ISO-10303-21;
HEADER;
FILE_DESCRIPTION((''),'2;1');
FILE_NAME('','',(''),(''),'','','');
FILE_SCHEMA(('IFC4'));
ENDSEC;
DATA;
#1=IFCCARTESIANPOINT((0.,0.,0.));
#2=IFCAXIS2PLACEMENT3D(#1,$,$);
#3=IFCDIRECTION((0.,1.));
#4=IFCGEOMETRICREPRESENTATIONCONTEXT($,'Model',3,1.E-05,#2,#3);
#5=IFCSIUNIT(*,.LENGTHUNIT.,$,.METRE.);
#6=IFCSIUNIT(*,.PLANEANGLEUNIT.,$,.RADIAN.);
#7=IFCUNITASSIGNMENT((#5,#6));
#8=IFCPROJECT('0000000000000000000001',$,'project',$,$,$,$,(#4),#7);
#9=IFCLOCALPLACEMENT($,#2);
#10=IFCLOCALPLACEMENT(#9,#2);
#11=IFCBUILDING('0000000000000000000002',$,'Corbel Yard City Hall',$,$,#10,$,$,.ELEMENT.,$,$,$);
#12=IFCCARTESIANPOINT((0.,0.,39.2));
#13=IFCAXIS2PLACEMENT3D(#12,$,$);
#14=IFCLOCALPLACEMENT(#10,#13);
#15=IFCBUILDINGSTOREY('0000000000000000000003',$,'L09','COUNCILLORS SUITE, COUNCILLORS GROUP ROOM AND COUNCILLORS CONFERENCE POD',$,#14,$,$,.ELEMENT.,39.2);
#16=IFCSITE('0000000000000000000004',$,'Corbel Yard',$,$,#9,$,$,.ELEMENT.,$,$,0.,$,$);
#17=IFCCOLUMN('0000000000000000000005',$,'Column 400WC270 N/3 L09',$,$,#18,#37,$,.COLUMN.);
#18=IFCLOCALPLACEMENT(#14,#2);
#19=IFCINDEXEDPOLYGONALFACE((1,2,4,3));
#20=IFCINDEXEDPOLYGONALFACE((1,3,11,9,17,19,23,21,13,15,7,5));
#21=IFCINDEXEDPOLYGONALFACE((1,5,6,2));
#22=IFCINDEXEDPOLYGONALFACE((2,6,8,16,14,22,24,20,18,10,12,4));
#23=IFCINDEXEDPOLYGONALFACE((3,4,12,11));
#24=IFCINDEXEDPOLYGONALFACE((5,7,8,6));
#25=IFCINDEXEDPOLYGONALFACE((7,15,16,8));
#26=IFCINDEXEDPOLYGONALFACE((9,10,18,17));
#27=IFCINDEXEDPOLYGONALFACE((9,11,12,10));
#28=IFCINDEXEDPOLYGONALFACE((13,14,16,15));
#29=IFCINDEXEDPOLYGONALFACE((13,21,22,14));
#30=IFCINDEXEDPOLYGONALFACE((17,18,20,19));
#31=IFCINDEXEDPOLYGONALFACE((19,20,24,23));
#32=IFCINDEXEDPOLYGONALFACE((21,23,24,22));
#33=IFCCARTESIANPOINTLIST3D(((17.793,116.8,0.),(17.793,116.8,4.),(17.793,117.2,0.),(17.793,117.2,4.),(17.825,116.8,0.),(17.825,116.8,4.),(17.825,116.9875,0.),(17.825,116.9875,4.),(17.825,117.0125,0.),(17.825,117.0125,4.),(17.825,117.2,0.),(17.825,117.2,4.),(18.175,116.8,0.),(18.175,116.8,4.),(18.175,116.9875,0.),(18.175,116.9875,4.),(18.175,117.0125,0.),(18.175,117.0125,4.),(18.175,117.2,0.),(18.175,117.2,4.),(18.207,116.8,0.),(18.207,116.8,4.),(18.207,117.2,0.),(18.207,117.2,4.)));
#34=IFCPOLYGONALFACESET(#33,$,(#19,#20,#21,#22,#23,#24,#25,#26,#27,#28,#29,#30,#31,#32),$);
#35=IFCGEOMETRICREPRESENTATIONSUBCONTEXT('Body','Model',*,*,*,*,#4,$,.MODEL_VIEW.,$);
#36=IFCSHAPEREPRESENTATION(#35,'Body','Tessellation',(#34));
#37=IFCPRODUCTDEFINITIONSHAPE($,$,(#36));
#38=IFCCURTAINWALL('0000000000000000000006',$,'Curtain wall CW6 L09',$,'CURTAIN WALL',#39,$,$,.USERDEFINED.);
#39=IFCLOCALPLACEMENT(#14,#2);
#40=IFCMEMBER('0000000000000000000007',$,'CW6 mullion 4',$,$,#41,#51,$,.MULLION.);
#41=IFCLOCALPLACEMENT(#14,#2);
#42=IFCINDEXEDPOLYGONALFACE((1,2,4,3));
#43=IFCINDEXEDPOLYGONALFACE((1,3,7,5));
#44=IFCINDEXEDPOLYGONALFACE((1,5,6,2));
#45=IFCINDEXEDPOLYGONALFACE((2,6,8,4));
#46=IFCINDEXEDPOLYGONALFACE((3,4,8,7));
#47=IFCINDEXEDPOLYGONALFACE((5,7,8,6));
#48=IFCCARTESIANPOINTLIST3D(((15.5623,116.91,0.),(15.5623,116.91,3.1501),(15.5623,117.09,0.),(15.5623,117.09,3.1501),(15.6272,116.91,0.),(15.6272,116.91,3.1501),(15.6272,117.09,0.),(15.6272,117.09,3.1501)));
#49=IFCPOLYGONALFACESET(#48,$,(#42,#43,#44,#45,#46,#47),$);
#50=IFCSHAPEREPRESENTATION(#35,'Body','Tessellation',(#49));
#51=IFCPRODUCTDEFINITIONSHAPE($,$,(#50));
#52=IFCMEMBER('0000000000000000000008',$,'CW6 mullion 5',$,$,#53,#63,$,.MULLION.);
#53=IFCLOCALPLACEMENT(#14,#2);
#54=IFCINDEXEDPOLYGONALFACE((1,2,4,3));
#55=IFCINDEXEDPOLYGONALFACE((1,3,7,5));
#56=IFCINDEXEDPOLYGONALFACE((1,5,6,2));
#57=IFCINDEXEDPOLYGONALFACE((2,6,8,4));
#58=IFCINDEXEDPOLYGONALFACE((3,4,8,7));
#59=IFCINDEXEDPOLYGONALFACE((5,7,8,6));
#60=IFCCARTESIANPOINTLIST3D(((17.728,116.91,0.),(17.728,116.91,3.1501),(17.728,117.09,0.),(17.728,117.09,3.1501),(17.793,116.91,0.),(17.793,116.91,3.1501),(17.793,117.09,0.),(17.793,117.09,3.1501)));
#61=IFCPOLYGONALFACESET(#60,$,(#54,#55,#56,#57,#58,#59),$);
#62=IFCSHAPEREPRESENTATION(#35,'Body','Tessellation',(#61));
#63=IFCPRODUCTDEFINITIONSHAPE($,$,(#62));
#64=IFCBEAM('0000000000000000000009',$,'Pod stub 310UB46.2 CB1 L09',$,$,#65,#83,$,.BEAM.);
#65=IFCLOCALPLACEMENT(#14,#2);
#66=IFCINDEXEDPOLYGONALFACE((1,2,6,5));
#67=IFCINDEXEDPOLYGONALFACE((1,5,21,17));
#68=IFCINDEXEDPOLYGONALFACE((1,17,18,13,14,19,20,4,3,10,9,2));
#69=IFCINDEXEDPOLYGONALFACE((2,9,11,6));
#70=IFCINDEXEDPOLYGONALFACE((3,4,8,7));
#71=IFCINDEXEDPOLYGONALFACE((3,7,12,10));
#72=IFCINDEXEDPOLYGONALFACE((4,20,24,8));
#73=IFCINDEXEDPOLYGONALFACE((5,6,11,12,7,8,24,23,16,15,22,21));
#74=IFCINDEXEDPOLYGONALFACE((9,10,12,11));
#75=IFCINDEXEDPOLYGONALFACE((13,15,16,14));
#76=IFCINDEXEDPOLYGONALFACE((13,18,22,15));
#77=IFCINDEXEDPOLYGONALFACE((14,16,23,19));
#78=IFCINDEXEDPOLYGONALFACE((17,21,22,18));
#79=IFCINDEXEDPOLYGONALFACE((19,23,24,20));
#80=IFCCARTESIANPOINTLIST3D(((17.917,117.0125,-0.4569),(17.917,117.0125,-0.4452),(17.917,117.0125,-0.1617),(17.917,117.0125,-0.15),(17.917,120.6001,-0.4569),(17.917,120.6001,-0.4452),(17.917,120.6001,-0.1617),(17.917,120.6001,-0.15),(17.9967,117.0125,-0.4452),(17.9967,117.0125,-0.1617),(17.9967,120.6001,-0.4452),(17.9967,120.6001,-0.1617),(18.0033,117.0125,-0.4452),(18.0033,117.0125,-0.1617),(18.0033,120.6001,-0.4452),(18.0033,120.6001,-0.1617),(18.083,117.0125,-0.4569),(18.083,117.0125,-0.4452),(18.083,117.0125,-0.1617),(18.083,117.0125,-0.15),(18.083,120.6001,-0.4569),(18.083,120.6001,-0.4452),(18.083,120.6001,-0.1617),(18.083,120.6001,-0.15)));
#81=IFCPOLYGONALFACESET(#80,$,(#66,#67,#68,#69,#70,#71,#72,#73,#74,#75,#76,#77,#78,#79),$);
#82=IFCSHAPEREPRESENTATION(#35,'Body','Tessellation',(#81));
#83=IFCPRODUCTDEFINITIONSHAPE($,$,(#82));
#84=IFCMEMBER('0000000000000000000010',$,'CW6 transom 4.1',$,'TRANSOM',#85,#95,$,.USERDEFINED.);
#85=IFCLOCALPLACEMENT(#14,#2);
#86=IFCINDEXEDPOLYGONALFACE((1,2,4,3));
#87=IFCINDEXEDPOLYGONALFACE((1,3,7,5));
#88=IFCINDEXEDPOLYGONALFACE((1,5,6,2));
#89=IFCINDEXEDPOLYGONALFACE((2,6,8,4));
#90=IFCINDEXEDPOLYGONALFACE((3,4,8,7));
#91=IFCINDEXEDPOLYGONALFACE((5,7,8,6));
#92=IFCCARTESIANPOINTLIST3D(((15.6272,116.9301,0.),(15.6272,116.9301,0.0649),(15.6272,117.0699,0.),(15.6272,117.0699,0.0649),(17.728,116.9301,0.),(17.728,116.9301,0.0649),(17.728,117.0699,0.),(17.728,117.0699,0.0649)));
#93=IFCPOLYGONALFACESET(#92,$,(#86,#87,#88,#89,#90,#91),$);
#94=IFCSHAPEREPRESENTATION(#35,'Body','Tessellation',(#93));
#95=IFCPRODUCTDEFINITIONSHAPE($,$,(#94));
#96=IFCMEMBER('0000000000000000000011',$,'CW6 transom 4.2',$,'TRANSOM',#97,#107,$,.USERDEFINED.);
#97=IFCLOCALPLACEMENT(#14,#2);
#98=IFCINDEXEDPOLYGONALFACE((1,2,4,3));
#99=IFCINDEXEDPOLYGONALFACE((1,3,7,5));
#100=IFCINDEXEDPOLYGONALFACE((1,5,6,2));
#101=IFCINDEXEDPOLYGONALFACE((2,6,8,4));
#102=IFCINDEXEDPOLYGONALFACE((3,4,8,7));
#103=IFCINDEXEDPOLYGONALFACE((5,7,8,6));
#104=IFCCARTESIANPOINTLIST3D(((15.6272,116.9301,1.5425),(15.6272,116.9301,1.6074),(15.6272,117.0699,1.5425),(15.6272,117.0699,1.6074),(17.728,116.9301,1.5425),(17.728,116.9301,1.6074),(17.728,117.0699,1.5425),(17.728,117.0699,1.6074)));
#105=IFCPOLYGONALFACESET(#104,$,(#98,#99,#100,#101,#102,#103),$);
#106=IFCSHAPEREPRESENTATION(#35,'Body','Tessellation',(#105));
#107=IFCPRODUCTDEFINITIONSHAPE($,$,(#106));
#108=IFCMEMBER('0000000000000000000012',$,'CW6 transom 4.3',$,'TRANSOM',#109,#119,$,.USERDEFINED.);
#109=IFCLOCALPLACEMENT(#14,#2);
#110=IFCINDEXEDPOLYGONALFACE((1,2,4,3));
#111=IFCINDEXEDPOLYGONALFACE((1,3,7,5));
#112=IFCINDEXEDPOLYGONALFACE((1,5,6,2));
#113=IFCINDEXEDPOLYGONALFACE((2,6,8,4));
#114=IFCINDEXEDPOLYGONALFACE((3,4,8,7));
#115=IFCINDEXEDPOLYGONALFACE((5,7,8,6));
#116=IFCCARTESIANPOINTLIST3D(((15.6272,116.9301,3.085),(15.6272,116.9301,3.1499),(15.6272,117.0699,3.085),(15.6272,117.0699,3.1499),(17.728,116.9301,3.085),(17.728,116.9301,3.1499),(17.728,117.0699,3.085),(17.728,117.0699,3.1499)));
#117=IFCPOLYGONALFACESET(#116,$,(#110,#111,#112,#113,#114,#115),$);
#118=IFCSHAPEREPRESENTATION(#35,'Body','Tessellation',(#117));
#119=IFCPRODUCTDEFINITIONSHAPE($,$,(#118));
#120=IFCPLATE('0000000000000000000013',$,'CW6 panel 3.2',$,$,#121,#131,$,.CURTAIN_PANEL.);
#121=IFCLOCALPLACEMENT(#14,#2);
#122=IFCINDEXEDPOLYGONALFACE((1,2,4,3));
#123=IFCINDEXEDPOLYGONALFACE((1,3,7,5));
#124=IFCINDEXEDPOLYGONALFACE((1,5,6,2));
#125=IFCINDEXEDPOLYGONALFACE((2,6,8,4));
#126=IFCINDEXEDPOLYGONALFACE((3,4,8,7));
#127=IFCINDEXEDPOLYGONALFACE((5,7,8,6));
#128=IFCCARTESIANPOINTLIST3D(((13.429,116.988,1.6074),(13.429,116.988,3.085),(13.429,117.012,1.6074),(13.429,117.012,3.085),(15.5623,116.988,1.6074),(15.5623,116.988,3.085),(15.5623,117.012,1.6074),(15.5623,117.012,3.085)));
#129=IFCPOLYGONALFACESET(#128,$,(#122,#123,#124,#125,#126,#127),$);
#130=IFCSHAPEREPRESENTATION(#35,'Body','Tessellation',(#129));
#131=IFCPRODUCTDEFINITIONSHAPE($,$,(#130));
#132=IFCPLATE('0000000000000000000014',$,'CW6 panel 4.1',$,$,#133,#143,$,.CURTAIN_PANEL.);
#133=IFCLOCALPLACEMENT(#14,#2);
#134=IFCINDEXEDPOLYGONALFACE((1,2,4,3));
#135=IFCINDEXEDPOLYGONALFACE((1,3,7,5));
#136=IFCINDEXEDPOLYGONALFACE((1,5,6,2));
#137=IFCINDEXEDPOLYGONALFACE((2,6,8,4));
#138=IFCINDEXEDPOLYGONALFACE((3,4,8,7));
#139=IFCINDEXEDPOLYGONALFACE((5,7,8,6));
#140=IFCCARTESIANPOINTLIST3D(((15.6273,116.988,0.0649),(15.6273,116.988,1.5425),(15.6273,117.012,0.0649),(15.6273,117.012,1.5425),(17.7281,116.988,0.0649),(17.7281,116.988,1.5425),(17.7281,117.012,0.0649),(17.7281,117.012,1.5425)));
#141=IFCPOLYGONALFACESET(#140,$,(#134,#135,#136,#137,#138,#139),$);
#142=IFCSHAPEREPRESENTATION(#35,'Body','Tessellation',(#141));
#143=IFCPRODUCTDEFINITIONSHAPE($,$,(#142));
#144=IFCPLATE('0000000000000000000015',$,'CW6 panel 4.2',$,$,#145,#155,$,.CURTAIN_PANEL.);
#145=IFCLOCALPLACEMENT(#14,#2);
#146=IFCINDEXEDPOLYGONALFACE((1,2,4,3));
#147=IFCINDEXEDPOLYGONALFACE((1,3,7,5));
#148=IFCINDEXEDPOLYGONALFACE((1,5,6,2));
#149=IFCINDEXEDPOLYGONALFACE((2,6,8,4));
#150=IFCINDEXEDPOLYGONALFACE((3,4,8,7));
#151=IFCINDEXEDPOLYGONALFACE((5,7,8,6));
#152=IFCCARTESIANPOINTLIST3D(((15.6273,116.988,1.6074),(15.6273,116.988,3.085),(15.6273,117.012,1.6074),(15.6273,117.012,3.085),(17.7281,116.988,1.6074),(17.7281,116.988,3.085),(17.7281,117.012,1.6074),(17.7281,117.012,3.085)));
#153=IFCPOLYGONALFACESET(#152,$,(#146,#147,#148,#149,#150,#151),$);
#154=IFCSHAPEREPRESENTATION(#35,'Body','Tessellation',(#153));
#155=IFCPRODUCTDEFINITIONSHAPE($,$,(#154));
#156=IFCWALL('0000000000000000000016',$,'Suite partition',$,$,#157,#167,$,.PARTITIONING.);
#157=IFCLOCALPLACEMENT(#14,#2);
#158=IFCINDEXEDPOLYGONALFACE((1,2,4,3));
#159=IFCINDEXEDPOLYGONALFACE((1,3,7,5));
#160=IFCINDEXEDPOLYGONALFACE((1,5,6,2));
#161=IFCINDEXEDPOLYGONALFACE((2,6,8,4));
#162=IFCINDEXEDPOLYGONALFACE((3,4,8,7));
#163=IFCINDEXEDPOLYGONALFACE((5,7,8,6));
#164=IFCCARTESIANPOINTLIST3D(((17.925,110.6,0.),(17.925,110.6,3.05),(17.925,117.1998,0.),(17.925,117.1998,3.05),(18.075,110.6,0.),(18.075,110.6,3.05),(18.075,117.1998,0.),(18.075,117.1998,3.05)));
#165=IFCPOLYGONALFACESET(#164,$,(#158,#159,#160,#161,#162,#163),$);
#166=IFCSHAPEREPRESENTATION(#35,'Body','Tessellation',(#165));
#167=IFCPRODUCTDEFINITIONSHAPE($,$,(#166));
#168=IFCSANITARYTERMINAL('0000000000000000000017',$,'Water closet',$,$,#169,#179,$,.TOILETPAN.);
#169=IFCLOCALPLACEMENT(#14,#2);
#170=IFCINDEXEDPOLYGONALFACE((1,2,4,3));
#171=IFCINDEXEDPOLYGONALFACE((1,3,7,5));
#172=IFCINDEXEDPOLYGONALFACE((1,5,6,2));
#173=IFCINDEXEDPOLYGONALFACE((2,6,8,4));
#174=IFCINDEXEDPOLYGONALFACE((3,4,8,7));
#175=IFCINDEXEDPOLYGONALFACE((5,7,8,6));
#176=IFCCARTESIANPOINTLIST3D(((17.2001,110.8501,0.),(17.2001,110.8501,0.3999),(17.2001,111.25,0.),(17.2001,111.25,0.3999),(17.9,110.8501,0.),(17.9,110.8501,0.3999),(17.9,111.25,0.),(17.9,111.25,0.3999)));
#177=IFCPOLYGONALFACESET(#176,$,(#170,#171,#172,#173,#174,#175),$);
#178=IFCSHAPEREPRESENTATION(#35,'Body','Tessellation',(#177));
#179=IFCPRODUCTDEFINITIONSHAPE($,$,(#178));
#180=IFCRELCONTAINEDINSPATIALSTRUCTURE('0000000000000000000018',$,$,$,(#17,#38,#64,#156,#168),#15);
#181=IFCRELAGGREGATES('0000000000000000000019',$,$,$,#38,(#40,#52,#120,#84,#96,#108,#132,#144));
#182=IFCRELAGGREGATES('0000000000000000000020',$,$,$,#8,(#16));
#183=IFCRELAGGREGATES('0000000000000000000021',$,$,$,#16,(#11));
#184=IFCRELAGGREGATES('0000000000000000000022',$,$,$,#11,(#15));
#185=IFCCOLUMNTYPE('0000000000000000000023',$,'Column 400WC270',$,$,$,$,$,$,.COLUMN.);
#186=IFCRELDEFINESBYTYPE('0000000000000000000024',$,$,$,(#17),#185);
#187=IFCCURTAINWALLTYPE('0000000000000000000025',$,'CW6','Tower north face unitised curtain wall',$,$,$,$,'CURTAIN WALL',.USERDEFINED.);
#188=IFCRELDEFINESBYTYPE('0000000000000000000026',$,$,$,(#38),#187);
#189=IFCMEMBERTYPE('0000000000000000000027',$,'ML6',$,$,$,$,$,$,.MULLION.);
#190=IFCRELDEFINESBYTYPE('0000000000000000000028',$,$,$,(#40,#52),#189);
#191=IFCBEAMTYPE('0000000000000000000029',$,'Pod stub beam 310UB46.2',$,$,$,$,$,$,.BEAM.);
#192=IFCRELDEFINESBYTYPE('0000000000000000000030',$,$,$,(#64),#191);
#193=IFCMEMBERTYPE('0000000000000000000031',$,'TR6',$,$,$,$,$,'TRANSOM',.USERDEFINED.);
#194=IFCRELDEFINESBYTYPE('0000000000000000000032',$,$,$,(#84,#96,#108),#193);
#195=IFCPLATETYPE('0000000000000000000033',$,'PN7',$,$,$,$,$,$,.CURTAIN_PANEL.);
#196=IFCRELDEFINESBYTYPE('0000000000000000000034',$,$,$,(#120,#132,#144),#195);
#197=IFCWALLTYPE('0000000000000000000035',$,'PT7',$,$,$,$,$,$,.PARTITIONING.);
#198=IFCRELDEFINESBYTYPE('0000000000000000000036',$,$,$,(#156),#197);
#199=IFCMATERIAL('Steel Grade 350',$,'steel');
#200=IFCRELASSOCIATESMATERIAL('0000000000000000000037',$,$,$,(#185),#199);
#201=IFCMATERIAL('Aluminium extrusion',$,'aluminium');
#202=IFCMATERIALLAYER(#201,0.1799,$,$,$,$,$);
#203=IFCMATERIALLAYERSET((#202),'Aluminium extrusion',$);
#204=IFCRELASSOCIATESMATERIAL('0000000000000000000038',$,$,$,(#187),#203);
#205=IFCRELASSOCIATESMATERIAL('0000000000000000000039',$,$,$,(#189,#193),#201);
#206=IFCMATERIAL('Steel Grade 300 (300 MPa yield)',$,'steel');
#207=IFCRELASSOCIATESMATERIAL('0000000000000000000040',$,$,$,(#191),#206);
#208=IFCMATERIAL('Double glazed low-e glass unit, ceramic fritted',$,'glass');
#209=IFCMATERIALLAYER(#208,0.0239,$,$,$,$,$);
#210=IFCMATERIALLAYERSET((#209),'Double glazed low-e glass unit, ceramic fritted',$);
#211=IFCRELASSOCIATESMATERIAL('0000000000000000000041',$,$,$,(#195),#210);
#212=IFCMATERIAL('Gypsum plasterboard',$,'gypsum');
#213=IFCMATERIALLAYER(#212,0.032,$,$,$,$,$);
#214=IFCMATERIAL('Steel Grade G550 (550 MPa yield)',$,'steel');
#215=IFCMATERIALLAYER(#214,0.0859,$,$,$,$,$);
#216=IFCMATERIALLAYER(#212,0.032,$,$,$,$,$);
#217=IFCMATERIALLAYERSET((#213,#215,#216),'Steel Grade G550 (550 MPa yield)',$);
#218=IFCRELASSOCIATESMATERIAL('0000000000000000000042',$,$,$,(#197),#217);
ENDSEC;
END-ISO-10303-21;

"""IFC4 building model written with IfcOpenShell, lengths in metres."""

from ifc_helpers import new_model, si_unit, direction, frame, frame_2d, origin, origin_2d, place, context, subcontext, project, spatial, rectangle, i_section, extrude, material, layer, layer_set, material_profile, profile_set, type_object, element, aggregate, save


model = new_model("IFC4")

# Units and contexts
model_context = context("Model", 3, precision=1e-05, world=origin(), true_north=direction((0.0, 1.0)))
body_context = subcontext(model_context, "Body", "Model", "MODEL_VIEW")
ifc_project = project(units=[si_unit("LENGTHUNIT", "METRE"), si_unit("PLANEANGLEUNIT", "RADIAN")], contexts=[model_context])

# Site, building, storey
site_placement = place(None, origin())
site = spatial("IfcSite", under=ifc_project, at=site_placement, Name="Corbel Yard", CompositionType="ELEMENT", RefElevation=0.0)
building_placement = place(site_placement, origin())
building = spatial("IfcBuilding", under=site, at=building_placement, Name="Corbel Yard City Hall", CompositionType="ELEMENT")
storey_placement = place(building_placement, frame((0.0, 0.0, 39.2)))
storey = spatial("IfcBuildingStorey", under=building, at=storey_placement, Name="L09", Description="COUNCILLORS SUITE, COUNCILLORS GROUP ROOM AND COUNCILLORS CONFERENCE POD", CompositionType="ELEMENT", Elevation=39.2)

# Column
ifc_material_1 = material(Name="Steel Grade 350", Category="steel")
ifc_material_profile_1 = material_profile(ifc_material_1, i_section(OverallWidth=0.3999, OverallDepth=0.4141, WebThickness=0.0249, FlangeThickness=0.032, at=origin_2d()), Name="400WC270")
ifc_profile_set_1 = profile_set([ifc_material_profile_1], Name="Steel Grade 350")
column_type = type_object("IfcColumnType", Name="Column 400WC270", PredefinedType="COLUMN", material=ifc_profile_set_1)
column_placement = place(storey_placement, frame((18.0, 117.0, 0.0), z_axis=(0.0, 0.0, 1.0), x_axis=(0.0, 1.0, 0.0)))
element("IfcColumn", 1, at=column_placement, inside=storey, type_object=column_type, Name="Column 400WC270 N/3 L09", PredefinedType="COLUMN", context=body_context, shape_type="SweptSolid", body=[
    extrude(i_section(OverallWidth=0.3999, OverallDepth=0.4141, WebThickness=0.0249, FlangeThickness=0.032, at=origin_2d()), origin(), (0.0, 0.0, 1.0), 4.0),
])

# Curtain wall, members
ifc_material_2 = material(Name="Aluminium extrusion", Category="aluminium")
ifc_layer_1 = layer(ifc_material_2, 0.1799)
ifc_layer_set_1 = layer_set([ifc_layer_1], Name="Aluminium extrusion")
curtain_wall_type = type_object("IfcCurtainWallType", Name="CW6", Description="Tower north face unitised curtain wall", ElementType="CURTAIN WALL", PredefinedType="USERDEFINED", material=ifc_layer_set_1)
curtain_wall_placement = place(storey_placement, origin())
curtain_wall = element("IfcCurtainWall", 2, at=curtain_wall_placement, inside=storey, type_object=curtain_wall_type, Name="Curtain wall CW6 L09", ObjectType="CURTAIN WALL", PredefinedType="USERDEFINED")
ifc_material_profile_2 = material_profile(ifc_material_2, rectangle(XDim=0.1799, YDim=0.0649, at=origin_2d()), Name="180x65")
ifc_profile_set_2 = profile_set([ifc_material_profile_2], Name="Aluminium extrusion")
member_type_1 = type_object("IfcMemberType", Name="ML6", PredefinedType="MULLION", material=ifc_profile_set_2)
member_1_placement = place(storey_placement, frame((15.5947, 117.0, 0.0), z_axis=(0.0, 0.0, 1.0), x_axis=(0.0, 1.0, 0.0)))
member_1 = element("IfcMember", 3, at=member_1_placement, type_object=member_type_1, Name="CW6 mullion 4", PredefinedType="MULLION", context=body_context, shape_type="SweptSolid", body=[
    extrude(rectangle(XDim=0.1799, YDim=0.0649, at=origin_2d()), origin(), (0.0, 0.0, 1.0), 3.1501),
])
member_2_placement = place(storey_placement, frame((17.7605, 117.0, 0.0), z_axis=(0.0, 0.0, 1.0), x_axis=(0.0, 1.0, 0.0)))
member_2 = element("IfcMember", 4, at=member_2_placement, type_object=member_type_1, Name="CW6 mullion 5", PredefinedType="MULLION", context=body_context, shape_type="SweptSolid", body=[
    extrude(rectangle(XDim=0.1799, YDim=0.0649, at=origin_2d()), origin(), (0.0, 0.0, 1.0), 3.1501),
])

# Beam
ifc_material_3 = material(Name="Steel Grade 300 (300 MPa yield)", Category="steel")
ifc_material_profile_3 = material_profile(ifc_material_3, i_section(OverallWidth=0.166, OverallDepth=0.3069, WebThickness=0.0066, FlangeThickness=0.0117, at=origin_2d()), Name="310UB46.2")
ifc_profile_set_3 = profile_set([ifc_material_profile_3], Name="Steel Grade 300 (300 MPa yield)")
beam_type = type_object("IfcBeamType", Name="Pod stub beam 310UB46.2", PredefinedType="BEAM", material=ifc_profile_set_3)
beam_placement = place(storey_placement, frame((18.0, 117.0125, -0.3035), z_axis=(0.0, 1.0, 0.0), x_axis=(-1.0, 0.0, 0.0)))
element("IfcBeam", 5, at=beam_placement, inside=storey, type_object=beam_type, Name="Pod stub 310UB46.2 CB1 L09", PredefinedType="BEAM", context=body_context, shape_type="SweptSolid", body=[
    extrude(i_section(OverallWidth=0.166, OverallDepth=0.3069, WebThickness=0.0066, FlangeThickness=0.0117, at=origin_2d()), origin(), (0.0, 0.0, 1.0), 3.5876),
])

# Members
ifc_material_profile_4 = material_profile(ifc_material_2, rectangle(XDim=0.1399, YDim=0.0649, at=origin_2d()), Name="140x65")
ifc_profile_set_4 = profile_set([ifc_material_profile_4], Name="Aluminium extrusion")
member_type_2 = type_object("IfcMemberType", Name="TR6", ElementType="TRANSOM", PredefinedType="USERDEFINED", material=ifc_profile_set_4)
member_3_placement = place(storey_placement, frame((15.6272, 117.0, 0.0325), z_axis=(1.0, 0.0, 0.0), x_axis=(0.0, 1.0, 0.0)))
member_3 = element("IfcMember", 6, at=member_3_placement, type_object=member_type_2, Name="CW6 transom 4.1", ObjectType="TRANSOM", PredefinedType="USERDEFINED", context=body_context, shape_type="SweptSolid", body=[
    extrude(rectangle(XDim=0.1399, YDim=0.0649, at=origin_2d()), origin(), (0.0, 0.0, 1.0), 2.1008),
])
member_4_placement = place(storey_placement, frame((15.6272, 117.0, 1.575), z_axis=(1.0, 0.0, 0.0), x_axis=(0.0, 1.0, 0.0)))
member_4 = element("IfcMember", 7, at=member_4_placement, type_object=member_type_2, Name="CW6 transom 4.2", ObjectType="TRANSOM", PredefinedType="USERDEFINED", context=body_context, shape_type="SweptSolid", body=[
    extrude(rectangle(XDim=0.1399, YDim=0.0649, at=origin_2d()), origin(), (0.0, 0.0, 1.0), 2.1008),
])
member_5_placement = place(storey_placement, frame((15.6272, 117.0, 3.1174), z_axis=(1.0, 0.0, 0.0), x_axis=(0.0, 1.0, 0.0)))
member_5 = element("IfcMember", 8, at=member_5_placement, type_object=member_type_2, Name="CW6 transom 4.3", ObjectType="TRANSOM", PredefinedType="USERDEFINED", context=body_context, shape_type="SweptSolid", body=[
    extrude(rectangle(XDim=0.1399, YDim=0.0649, at=origin_2d()), origin(), (0.0, 0.0, 1.0), 2.1008),
])

# Plates
ifc_material_4 = material(Name="Double glazed low-e glass unit, ceramic fritted", Category="glass")
ifc_layer_2 = layer(ifc_material_4, 0.0239)
ifc_layer_set_2 = layer_set([ifc_layer_2], Name="Double glazed low-e glass unit, ceramic fritted")
plate_type = type_object("IfcPlateType", Name="PN7", PredefinedType="CURTAIN_PANEL", material=ifc_layer_set_2)
plate_1_placement = place(storey_placement, frame((14.4956, 117.0, 1.6074), z_axis=(0.0, 0.0, 1.0), x_axis=(1.0, 0.0, 0.0)))
plate_1 = element("IfcPlate", 9, at=plate_1_placement, type_object=plate_type, Name="CW6 panel 3.2", PredefinedType="CURTAIN_PANEL", context=body_context, shape_type="SweptSolid", body=[
    extrude(rectangle(XDim=2.1333, YDim=0.0239, at=origin_2d()), origin(), (0.0, 0.0, 1.0), 1.4775),
])
plate_2_placement = place(storey_placement, frame((16.6777, 117.0, 0.0649), z_axis=(0.0, 0.0, 1.0), x_axis=(1.0, 0.0, 0.0)))
plate_2 = element("IfcPlate", 10, at=plate_2_placement, type_object=plate_type, Name="CW6 panel 4.1", PredefinedType="CURTAIN_PANEL", context=body_context, shape_type="SweptSolid", body=[
    extrude(rectangle(XDim=2.1008, YDim=0.0239, at=origin_2d()), origin(), (0.0, 0.0, 1.0), 1.4775),
])
plate_3_placement = place(storey_placement, frame((16.6777, 117.0, 1.6074), z_axis=(0.0, 0.0, 1.0), x_axis=(1.0, 0.0, 0.0)))
plate_3 = element("IfcPlate", 11, at=plate_3_placement, type_object=plate_type, Name="CW6 panel 4.2", PredefinedType="CURTAIN_PANEL", context=body_context, shape_type="SweptSolid", body=[
    extrude(rectangle(XDim=2.1008, YDim=0.0239, at=origin_2d()), origin(), (0.0, 0.0, 1.0), 1.4775),
])
aggregate(curtain_wall, [member_1, member_2, plate_1, member_3, member_4, member_5, plate_2, plate_3])

# Wall
ifc_material_5 = material(Name="Gypsum plasterboard", Category="gypsum")
ifc_layer_3 = layer(ifc_material_5, 0.032)
ifc_material_6 = material(Name="Steel Grade G550 (550 MPa yield)", Category="steel")
ifc_layer_4 = layer(ifc_material_6, 0.0859)
ifc_layer_5 = layer(ifc_material_5, 0.032)
ifc_layer_set_3 = layer_set([ifc_layer_3, ifc_layer_4, ifc_layer_5], Name="Steel Grade G550 (550 MPa yield)")
wall_type = type_object("IfcWallType", Name="PT7", PredefinedType="PARTITIONING", material=ifc_layer_set_3)
wall_placement = place(storey_placement, frame((18.0, 110.6001, 0.0), z_axis=(0.0, 0.0, 1.0), x_axis=(0.0, 1.0, 0.0)))
element("IfcWall", 12, at=wall_placement, inside=storey, type_object=wall_type, Name="Suite partition", PredefinedType="PARTITIONING", context=body_context, shape_type="SweptSolid", body=[
    extrude(rectangle(XDim=6.5999, YDim=0.1499, at=frame_2d((3.2998, 0.0))), origin(), (0.0, 0.0, 1.0), 3.05),
])

# Sanitary terminal
for number, where, z_axis, x_axis, name in (
    (13, (17.55, 111.05, 0.0), (0.0, 0.0, 1.0), (1.0, 0.0, 0.0), "Water closet"),
):
    element("IfcSanitaryTerminal", number, at=place(storey_placement, frame(where, z_axis=z_axis, x_axis=x_axis)), inside=storey, Name=name, PredefinedType="TOILETPAN", context=body_context, shape_type="SweptSolid", body=[
        extrude(rectangle(XDim=0.7, YDim=0.3999, at=origin_2d()), origin(), (0.0, 0.0, 1.0), 0.3999),
    ])

save(model, "model.ifc")
